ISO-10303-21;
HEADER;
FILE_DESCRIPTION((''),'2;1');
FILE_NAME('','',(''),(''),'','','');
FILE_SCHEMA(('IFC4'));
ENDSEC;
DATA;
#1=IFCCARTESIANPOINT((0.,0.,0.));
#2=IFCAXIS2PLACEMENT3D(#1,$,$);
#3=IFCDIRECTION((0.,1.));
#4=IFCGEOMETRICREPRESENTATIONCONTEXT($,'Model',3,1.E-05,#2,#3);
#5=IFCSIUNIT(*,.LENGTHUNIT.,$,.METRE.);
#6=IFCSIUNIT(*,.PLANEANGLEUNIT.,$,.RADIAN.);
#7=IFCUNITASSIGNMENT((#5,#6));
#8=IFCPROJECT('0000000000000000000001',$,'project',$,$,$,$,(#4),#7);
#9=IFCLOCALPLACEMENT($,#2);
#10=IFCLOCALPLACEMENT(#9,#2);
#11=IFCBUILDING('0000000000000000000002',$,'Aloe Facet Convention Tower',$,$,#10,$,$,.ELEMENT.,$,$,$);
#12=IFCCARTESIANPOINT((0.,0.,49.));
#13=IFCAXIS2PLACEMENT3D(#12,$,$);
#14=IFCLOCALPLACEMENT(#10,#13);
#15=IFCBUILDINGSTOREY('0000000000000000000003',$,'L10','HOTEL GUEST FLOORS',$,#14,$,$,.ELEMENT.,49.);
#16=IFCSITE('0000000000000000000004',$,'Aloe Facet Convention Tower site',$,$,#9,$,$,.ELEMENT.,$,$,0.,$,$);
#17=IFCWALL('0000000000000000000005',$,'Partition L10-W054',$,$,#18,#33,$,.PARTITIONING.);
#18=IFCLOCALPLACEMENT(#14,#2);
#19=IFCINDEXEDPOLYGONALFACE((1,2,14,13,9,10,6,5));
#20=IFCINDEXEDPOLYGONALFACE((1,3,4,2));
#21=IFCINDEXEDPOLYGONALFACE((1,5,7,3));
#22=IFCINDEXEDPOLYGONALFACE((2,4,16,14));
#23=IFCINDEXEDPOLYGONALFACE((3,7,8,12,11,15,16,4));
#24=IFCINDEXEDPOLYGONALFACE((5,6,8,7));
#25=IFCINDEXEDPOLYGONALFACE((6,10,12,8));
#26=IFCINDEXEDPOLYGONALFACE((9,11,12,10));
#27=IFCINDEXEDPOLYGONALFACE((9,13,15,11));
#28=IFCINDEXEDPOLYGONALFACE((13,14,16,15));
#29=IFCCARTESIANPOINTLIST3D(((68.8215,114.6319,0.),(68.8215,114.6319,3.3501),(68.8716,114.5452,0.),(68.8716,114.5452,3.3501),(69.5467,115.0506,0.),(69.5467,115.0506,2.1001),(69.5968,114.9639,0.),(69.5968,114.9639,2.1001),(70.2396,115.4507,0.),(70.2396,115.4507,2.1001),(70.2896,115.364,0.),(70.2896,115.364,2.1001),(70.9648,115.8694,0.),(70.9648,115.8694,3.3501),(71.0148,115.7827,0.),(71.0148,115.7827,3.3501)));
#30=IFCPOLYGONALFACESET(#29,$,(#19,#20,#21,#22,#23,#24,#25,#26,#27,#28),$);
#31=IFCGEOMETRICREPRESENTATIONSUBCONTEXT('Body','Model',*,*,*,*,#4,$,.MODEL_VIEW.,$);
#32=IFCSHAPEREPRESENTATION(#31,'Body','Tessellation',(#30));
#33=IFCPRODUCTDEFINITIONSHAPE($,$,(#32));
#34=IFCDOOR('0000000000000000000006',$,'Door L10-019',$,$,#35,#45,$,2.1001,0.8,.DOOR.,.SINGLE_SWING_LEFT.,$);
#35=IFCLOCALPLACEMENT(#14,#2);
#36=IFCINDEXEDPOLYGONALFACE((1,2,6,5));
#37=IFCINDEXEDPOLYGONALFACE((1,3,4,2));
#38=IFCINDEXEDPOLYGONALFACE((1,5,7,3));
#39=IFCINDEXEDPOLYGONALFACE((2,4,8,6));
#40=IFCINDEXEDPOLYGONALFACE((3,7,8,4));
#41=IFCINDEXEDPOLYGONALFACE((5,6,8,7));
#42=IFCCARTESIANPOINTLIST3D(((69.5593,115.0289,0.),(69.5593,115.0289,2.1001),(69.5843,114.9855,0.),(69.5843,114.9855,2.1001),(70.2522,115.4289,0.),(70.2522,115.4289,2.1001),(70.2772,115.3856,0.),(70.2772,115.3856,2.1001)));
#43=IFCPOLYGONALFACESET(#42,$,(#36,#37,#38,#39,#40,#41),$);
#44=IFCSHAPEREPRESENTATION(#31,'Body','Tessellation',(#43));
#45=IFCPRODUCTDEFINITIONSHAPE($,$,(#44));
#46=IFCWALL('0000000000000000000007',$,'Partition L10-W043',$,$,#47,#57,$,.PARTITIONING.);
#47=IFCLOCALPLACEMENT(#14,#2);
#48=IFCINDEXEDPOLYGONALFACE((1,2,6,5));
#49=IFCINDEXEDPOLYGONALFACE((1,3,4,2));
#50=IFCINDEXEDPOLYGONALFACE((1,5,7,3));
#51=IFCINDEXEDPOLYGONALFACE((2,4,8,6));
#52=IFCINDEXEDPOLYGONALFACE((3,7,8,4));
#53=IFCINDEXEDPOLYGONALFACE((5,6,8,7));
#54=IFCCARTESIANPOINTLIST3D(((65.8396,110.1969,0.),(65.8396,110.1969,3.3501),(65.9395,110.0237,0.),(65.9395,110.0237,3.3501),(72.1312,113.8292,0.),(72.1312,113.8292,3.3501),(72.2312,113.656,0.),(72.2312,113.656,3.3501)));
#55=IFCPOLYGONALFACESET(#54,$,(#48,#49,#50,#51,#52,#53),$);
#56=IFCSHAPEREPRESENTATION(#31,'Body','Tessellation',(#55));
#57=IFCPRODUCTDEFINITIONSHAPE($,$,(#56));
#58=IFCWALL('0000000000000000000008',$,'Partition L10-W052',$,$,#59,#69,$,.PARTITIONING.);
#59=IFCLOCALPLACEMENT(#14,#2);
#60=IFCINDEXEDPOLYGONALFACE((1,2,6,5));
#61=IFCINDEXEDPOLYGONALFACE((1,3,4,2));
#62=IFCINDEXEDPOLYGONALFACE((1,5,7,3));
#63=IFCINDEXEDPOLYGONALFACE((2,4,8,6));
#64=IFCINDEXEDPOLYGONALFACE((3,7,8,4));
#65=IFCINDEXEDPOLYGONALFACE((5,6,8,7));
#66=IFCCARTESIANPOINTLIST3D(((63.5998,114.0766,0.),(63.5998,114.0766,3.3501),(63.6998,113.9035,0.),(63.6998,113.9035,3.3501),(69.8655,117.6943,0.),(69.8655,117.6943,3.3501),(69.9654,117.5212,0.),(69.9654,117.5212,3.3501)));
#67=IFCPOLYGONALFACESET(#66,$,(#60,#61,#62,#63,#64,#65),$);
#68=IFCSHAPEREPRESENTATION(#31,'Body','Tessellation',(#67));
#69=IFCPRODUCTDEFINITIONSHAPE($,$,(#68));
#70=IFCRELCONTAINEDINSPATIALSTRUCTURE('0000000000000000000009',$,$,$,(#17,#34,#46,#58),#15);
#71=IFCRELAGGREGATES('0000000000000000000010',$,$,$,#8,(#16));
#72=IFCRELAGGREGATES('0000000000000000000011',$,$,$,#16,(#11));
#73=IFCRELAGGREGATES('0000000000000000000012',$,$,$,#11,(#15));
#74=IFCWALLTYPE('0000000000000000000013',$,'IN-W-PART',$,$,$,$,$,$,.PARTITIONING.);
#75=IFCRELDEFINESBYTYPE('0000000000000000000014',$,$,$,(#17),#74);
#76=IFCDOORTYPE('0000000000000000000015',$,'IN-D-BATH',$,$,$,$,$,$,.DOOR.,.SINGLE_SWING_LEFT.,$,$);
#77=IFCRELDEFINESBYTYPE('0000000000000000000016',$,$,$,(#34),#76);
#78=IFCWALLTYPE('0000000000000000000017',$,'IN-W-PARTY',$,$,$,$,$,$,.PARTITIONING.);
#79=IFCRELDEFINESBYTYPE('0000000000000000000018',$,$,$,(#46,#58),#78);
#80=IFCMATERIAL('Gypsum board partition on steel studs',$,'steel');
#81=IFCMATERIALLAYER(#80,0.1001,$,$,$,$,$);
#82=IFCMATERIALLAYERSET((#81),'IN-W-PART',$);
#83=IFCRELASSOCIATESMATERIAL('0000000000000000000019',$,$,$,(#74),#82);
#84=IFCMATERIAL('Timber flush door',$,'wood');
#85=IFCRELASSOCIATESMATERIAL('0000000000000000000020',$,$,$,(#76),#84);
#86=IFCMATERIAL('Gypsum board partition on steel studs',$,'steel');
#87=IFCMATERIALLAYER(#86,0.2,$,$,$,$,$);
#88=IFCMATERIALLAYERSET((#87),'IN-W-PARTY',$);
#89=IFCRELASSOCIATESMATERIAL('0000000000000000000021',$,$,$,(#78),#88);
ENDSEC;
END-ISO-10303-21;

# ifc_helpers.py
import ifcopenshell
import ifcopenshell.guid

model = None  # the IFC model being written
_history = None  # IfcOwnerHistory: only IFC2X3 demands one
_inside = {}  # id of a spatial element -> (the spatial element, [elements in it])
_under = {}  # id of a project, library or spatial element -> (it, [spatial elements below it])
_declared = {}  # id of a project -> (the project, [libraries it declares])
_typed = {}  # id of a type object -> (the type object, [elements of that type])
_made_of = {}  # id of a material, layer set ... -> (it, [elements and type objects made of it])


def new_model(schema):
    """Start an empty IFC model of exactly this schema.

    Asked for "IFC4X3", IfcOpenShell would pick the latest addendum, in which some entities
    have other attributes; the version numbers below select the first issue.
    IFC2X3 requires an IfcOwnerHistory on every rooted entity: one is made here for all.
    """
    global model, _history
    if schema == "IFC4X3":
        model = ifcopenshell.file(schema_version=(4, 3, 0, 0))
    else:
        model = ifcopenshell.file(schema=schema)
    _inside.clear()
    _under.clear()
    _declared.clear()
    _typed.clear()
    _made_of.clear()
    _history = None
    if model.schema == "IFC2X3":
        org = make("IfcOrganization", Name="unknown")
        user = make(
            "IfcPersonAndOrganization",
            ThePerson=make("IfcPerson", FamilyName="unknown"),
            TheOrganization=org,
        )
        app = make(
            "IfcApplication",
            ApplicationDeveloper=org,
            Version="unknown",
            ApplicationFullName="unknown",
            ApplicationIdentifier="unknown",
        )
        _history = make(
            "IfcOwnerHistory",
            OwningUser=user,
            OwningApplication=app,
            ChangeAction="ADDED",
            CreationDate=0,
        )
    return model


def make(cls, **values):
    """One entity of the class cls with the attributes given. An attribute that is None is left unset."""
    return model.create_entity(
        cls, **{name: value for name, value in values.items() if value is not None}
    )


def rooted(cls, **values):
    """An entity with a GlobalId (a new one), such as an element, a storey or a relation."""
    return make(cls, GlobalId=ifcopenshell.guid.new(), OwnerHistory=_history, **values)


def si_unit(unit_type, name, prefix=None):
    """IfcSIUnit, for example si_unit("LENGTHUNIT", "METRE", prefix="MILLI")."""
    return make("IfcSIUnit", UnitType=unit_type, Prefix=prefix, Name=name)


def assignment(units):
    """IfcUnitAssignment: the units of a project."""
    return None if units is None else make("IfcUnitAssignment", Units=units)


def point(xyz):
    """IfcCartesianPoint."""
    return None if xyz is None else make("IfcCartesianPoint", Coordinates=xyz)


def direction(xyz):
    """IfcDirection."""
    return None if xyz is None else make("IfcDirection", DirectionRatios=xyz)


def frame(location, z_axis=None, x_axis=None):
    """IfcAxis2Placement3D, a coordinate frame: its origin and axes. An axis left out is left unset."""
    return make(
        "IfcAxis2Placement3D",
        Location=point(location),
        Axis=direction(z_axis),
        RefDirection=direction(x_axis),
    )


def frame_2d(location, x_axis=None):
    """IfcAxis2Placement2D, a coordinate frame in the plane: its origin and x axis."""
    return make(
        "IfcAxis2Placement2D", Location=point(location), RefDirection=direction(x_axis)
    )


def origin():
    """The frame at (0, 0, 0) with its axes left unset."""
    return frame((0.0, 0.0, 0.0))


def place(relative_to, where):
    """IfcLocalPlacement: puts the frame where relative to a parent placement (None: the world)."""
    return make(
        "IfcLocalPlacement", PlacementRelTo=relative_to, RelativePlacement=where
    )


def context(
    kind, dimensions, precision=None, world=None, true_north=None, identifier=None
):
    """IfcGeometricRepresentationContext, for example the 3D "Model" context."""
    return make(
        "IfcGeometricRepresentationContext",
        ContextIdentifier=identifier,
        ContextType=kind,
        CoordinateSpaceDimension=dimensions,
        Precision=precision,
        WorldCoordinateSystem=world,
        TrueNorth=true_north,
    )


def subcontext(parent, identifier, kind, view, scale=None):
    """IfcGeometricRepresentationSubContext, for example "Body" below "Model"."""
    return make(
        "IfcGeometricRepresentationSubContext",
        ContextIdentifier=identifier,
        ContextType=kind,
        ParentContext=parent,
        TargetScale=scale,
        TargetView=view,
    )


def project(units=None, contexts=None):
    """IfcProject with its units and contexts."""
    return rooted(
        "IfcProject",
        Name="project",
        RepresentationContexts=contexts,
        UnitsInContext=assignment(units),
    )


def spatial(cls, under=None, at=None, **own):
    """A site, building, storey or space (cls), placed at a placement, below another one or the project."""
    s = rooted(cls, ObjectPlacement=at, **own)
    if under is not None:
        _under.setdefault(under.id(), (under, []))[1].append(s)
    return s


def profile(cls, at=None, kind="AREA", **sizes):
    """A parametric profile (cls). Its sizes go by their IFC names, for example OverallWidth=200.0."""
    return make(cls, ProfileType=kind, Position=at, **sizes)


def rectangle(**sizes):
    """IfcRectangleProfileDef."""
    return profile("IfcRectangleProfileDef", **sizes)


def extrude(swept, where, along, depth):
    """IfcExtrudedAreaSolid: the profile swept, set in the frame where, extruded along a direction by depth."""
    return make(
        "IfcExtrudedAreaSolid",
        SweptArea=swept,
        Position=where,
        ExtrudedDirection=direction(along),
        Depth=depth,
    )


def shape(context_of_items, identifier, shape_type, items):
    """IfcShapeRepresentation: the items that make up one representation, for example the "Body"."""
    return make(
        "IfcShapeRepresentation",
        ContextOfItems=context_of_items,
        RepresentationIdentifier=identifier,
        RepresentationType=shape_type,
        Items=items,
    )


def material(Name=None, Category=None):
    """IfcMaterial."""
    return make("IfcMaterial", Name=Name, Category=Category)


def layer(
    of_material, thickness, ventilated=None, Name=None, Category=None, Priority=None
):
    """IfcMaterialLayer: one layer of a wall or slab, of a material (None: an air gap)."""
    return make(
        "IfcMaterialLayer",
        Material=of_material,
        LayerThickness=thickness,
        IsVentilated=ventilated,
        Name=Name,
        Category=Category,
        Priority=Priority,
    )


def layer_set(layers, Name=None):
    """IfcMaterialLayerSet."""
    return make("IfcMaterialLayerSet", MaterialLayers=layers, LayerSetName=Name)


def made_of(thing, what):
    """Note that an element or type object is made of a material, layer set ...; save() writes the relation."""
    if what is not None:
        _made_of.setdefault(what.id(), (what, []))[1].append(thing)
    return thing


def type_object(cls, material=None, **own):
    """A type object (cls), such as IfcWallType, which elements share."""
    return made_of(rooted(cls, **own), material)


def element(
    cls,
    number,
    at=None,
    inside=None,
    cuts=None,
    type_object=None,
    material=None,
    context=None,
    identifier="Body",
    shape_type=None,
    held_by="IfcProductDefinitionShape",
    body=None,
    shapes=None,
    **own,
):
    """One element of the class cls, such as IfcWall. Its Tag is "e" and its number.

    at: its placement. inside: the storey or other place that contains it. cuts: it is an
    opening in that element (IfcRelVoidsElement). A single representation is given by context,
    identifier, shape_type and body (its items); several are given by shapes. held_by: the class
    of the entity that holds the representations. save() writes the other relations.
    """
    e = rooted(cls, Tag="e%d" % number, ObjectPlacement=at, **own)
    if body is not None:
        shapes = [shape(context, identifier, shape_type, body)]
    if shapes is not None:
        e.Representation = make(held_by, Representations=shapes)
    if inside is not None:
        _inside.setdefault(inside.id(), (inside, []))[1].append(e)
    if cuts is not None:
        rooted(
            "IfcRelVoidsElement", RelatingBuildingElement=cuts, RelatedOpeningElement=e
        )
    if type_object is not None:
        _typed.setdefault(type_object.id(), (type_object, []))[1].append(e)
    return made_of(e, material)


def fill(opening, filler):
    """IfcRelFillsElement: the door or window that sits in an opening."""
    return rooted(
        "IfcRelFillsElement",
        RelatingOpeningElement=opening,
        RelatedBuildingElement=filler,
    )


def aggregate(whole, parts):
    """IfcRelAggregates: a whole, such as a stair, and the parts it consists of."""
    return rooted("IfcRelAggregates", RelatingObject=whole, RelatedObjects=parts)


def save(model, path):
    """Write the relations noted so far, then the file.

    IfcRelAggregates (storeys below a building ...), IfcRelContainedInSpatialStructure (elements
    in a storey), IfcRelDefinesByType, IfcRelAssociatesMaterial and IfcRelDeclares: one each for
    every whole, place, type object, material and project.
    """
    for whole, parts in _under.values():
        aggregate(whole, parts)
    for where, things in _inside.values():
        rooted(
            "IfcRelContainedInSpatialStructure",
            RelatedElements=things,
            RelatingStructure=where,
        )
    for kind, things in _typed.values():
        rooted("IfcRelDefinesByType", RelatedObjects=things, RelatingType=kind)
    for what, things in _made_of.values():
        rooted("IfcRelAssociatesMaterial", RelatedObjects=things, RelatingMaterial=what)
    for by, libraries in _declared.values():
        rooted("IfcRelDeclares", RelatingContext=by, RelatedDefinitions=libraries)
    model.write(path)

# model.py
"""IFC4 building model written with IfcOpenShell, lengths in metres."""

from ifc_helpers import new_model, si_unit, direction, frame, frame_2d, origin, place, context, subcontext, project, spatial, rectangle, extrude, material, layer, layer_set, type_object, element, fill, save


model = new_model("IFC4")

# Units and contexts
model_context = context("Model", 3, precision=1e-05, world=origin(), true_north=direction((0.0, 1.0)))
body_context = subcontext(model_context, "Body", "Model", "MODEL_VIEW")
ifc_project = project(units=[si_unit("LENGTHUNIT", "METRE"), si_unit("PLANEANGLEUNIT", "RADIAN")], contexts=[model_context])

# Site, building, storey
site_placement = place(None, origin())
site = spatial("IfcSite", under=ifc_project, at=site_placement, Name="Aloe Facet Convention Tower site", CompositionType="ELEMENT", RefElevation=0.0)
building_placement = place(site_placement, origin())
building = spatial("IfcBuilding", under=site, at=building_placement, Name="Aloe Facet Convention Tower", CompositionType="ELEMENT")
storey_placement = place(building_placement, frame((0.0, 0.0, 49.0)))
storey = spatial("IfcBuildingStorey", under=building, at=storey_placement, Name="L10", Description="HOTEL GUEST FLOORS", CompositionType="ELEMENT", Elevation=49.0)

# Shared definitions
ifc_material_1 = material(Name="Gypsum board partition on steel studs", Category="steel")
ifc_layer_1 = layer(ifc_material_1, 0.1001)
ifc_layer_set_1 = layer_set([ifc_layer_1], Name="IN-W-PART")
wall_type_1 = type_object("IfcWallType", Name="IN-W-PART", PredefinedType="PARTITIONING", material=ifc_layer_set_1)

# Shared definitions
ifc_material_2 = material(Name="Timber flush door", Category="wood")
door_type = type_object("IfcDoorType", Name="IN-D-BATH", OperationType="SINGLE_SWING_LEFT", PredefinedType="DOOR", material=ifc_material_2)

# Wall, opening, door
wall_1_placement = place(storey_placement, frame((68.8467, 114.5886, 0.0), z_axis=(0.0, 0.0, 1.0), x_axis=(0.866007, 0.500033, 0.0)))
wall_1 = element("IfcWall", 1, at=wall_1_placement, inside=storey, type_object=wall_type_1, Name="Partition L10-W054", PredefinedType="PARTITIONING", context=body_context, shape_type="SweptSolid", body=[
    extrude(rectangle(XDim=2.4749, YDim=0.1001, at=frame_2d((1.2373, 0.0))), origin(), (0.0, 0.0, 1.0), 3.3501),
])
opening_1_placement = place(wall_1_placement, frame((0.8374, 0.0, 0.0)))
opening_1 = element("IfcOpeningElement", 2, at=opening_1_placement, cuts=wall_1, PredefinedType="OPENING", context=body_context, shape_type="SweptSolid", body=[
    extrude(rectangle(XDim=0.8, YDim=2.1001, at=frame_2d((0.3999, 1.05))), frame((0.0, 0.0601, 0.0), z_axis=(0.0, -1.0, 0.0), x_axis=(1.0, 0.0, 0.0)), (0.0, 0.0, 1.0), 0.1201),
])
door_1_placement = place(opening_1_placement, origin())
door_1 = element("IfcDoor", 3, at=door_1_placement, inside=storey, type_object=door_type, Name="Door L10-019", OperationType="SINGLE_SWING_LEFT", OverallHeight=2.1001, OverallWidth=0.8, PredefinedType="DOOR", context=body_context, shape_type="SweptSolid", body=[
    extrude(rectangle(XDim=0.8, YDim=2.1001, at=frame_2d((0.3999, 1.05))), frame((0.0, 0.0249, 0.0), z_axis=(0.0, -1.0, 0.0), x_axis=(1.0, 0.0, 0.0)), (0.0, 0.0, 1.0), 0.05),
])
fill(opening_1, door_1)

# Walls
ifc_material_3 = material(Name="Gypsum board partition on steel studs", Category="steel")
ifc_layer_2 = layer(ifc_material_3, 0.2)
ifc_layer_set_2 = layer_set([ifc_layer_2], Name="IN-W-PARTY")
wall_type_2 = type_object("IfcWallType", Name="IN-W-PARTY", PredefinedType="PARTITIONING", material=ifc_layer_set_2)
wall_2_placement = place(storey_placement, frame((65.8896, 110.1104, 0.0), z_axis=(0.0, 0.0, 1.0), x_axis=(0.866038, 0.499977, 0.0)))
element("IfcWall", 4, at=wall_2_placement, inside=storey, type_object=wall_type_2, Name="Partition L10-W043", PredefinedType="PARTITIONING", context=body_context, shape_type="SweptSolid", body=[
    extrude(rectangle(XDim=7.2649, YDim=0.2, at=frame_2d((3.6323, 0.0))), origin(), (0.0, 0.0, 1.0), 3.3501),
])
wall_3_placement = place(storey_placement, frame((63.6497, 113.99, 0.0), z_axis=(0.0, 0.0, 1.0), x_axis=(0.866013, 0.500022, 0.0)))
element("IfcWall", 5, at=wall_3_placement, inside=storey, type_object=wall_type_2, Name="Partition L10-W052", PredefinedType="PARTITIONING", context=body_context, shape_type="SweptSolid", body=[
    extrude(rectangle(XDim=7.2351, YDim=0.2, at=frame_2d((3.6177, 0.0))), origin(), (0.0, 0.0, 1.0), 3.3501),
])

save(model, "model.ifc")
